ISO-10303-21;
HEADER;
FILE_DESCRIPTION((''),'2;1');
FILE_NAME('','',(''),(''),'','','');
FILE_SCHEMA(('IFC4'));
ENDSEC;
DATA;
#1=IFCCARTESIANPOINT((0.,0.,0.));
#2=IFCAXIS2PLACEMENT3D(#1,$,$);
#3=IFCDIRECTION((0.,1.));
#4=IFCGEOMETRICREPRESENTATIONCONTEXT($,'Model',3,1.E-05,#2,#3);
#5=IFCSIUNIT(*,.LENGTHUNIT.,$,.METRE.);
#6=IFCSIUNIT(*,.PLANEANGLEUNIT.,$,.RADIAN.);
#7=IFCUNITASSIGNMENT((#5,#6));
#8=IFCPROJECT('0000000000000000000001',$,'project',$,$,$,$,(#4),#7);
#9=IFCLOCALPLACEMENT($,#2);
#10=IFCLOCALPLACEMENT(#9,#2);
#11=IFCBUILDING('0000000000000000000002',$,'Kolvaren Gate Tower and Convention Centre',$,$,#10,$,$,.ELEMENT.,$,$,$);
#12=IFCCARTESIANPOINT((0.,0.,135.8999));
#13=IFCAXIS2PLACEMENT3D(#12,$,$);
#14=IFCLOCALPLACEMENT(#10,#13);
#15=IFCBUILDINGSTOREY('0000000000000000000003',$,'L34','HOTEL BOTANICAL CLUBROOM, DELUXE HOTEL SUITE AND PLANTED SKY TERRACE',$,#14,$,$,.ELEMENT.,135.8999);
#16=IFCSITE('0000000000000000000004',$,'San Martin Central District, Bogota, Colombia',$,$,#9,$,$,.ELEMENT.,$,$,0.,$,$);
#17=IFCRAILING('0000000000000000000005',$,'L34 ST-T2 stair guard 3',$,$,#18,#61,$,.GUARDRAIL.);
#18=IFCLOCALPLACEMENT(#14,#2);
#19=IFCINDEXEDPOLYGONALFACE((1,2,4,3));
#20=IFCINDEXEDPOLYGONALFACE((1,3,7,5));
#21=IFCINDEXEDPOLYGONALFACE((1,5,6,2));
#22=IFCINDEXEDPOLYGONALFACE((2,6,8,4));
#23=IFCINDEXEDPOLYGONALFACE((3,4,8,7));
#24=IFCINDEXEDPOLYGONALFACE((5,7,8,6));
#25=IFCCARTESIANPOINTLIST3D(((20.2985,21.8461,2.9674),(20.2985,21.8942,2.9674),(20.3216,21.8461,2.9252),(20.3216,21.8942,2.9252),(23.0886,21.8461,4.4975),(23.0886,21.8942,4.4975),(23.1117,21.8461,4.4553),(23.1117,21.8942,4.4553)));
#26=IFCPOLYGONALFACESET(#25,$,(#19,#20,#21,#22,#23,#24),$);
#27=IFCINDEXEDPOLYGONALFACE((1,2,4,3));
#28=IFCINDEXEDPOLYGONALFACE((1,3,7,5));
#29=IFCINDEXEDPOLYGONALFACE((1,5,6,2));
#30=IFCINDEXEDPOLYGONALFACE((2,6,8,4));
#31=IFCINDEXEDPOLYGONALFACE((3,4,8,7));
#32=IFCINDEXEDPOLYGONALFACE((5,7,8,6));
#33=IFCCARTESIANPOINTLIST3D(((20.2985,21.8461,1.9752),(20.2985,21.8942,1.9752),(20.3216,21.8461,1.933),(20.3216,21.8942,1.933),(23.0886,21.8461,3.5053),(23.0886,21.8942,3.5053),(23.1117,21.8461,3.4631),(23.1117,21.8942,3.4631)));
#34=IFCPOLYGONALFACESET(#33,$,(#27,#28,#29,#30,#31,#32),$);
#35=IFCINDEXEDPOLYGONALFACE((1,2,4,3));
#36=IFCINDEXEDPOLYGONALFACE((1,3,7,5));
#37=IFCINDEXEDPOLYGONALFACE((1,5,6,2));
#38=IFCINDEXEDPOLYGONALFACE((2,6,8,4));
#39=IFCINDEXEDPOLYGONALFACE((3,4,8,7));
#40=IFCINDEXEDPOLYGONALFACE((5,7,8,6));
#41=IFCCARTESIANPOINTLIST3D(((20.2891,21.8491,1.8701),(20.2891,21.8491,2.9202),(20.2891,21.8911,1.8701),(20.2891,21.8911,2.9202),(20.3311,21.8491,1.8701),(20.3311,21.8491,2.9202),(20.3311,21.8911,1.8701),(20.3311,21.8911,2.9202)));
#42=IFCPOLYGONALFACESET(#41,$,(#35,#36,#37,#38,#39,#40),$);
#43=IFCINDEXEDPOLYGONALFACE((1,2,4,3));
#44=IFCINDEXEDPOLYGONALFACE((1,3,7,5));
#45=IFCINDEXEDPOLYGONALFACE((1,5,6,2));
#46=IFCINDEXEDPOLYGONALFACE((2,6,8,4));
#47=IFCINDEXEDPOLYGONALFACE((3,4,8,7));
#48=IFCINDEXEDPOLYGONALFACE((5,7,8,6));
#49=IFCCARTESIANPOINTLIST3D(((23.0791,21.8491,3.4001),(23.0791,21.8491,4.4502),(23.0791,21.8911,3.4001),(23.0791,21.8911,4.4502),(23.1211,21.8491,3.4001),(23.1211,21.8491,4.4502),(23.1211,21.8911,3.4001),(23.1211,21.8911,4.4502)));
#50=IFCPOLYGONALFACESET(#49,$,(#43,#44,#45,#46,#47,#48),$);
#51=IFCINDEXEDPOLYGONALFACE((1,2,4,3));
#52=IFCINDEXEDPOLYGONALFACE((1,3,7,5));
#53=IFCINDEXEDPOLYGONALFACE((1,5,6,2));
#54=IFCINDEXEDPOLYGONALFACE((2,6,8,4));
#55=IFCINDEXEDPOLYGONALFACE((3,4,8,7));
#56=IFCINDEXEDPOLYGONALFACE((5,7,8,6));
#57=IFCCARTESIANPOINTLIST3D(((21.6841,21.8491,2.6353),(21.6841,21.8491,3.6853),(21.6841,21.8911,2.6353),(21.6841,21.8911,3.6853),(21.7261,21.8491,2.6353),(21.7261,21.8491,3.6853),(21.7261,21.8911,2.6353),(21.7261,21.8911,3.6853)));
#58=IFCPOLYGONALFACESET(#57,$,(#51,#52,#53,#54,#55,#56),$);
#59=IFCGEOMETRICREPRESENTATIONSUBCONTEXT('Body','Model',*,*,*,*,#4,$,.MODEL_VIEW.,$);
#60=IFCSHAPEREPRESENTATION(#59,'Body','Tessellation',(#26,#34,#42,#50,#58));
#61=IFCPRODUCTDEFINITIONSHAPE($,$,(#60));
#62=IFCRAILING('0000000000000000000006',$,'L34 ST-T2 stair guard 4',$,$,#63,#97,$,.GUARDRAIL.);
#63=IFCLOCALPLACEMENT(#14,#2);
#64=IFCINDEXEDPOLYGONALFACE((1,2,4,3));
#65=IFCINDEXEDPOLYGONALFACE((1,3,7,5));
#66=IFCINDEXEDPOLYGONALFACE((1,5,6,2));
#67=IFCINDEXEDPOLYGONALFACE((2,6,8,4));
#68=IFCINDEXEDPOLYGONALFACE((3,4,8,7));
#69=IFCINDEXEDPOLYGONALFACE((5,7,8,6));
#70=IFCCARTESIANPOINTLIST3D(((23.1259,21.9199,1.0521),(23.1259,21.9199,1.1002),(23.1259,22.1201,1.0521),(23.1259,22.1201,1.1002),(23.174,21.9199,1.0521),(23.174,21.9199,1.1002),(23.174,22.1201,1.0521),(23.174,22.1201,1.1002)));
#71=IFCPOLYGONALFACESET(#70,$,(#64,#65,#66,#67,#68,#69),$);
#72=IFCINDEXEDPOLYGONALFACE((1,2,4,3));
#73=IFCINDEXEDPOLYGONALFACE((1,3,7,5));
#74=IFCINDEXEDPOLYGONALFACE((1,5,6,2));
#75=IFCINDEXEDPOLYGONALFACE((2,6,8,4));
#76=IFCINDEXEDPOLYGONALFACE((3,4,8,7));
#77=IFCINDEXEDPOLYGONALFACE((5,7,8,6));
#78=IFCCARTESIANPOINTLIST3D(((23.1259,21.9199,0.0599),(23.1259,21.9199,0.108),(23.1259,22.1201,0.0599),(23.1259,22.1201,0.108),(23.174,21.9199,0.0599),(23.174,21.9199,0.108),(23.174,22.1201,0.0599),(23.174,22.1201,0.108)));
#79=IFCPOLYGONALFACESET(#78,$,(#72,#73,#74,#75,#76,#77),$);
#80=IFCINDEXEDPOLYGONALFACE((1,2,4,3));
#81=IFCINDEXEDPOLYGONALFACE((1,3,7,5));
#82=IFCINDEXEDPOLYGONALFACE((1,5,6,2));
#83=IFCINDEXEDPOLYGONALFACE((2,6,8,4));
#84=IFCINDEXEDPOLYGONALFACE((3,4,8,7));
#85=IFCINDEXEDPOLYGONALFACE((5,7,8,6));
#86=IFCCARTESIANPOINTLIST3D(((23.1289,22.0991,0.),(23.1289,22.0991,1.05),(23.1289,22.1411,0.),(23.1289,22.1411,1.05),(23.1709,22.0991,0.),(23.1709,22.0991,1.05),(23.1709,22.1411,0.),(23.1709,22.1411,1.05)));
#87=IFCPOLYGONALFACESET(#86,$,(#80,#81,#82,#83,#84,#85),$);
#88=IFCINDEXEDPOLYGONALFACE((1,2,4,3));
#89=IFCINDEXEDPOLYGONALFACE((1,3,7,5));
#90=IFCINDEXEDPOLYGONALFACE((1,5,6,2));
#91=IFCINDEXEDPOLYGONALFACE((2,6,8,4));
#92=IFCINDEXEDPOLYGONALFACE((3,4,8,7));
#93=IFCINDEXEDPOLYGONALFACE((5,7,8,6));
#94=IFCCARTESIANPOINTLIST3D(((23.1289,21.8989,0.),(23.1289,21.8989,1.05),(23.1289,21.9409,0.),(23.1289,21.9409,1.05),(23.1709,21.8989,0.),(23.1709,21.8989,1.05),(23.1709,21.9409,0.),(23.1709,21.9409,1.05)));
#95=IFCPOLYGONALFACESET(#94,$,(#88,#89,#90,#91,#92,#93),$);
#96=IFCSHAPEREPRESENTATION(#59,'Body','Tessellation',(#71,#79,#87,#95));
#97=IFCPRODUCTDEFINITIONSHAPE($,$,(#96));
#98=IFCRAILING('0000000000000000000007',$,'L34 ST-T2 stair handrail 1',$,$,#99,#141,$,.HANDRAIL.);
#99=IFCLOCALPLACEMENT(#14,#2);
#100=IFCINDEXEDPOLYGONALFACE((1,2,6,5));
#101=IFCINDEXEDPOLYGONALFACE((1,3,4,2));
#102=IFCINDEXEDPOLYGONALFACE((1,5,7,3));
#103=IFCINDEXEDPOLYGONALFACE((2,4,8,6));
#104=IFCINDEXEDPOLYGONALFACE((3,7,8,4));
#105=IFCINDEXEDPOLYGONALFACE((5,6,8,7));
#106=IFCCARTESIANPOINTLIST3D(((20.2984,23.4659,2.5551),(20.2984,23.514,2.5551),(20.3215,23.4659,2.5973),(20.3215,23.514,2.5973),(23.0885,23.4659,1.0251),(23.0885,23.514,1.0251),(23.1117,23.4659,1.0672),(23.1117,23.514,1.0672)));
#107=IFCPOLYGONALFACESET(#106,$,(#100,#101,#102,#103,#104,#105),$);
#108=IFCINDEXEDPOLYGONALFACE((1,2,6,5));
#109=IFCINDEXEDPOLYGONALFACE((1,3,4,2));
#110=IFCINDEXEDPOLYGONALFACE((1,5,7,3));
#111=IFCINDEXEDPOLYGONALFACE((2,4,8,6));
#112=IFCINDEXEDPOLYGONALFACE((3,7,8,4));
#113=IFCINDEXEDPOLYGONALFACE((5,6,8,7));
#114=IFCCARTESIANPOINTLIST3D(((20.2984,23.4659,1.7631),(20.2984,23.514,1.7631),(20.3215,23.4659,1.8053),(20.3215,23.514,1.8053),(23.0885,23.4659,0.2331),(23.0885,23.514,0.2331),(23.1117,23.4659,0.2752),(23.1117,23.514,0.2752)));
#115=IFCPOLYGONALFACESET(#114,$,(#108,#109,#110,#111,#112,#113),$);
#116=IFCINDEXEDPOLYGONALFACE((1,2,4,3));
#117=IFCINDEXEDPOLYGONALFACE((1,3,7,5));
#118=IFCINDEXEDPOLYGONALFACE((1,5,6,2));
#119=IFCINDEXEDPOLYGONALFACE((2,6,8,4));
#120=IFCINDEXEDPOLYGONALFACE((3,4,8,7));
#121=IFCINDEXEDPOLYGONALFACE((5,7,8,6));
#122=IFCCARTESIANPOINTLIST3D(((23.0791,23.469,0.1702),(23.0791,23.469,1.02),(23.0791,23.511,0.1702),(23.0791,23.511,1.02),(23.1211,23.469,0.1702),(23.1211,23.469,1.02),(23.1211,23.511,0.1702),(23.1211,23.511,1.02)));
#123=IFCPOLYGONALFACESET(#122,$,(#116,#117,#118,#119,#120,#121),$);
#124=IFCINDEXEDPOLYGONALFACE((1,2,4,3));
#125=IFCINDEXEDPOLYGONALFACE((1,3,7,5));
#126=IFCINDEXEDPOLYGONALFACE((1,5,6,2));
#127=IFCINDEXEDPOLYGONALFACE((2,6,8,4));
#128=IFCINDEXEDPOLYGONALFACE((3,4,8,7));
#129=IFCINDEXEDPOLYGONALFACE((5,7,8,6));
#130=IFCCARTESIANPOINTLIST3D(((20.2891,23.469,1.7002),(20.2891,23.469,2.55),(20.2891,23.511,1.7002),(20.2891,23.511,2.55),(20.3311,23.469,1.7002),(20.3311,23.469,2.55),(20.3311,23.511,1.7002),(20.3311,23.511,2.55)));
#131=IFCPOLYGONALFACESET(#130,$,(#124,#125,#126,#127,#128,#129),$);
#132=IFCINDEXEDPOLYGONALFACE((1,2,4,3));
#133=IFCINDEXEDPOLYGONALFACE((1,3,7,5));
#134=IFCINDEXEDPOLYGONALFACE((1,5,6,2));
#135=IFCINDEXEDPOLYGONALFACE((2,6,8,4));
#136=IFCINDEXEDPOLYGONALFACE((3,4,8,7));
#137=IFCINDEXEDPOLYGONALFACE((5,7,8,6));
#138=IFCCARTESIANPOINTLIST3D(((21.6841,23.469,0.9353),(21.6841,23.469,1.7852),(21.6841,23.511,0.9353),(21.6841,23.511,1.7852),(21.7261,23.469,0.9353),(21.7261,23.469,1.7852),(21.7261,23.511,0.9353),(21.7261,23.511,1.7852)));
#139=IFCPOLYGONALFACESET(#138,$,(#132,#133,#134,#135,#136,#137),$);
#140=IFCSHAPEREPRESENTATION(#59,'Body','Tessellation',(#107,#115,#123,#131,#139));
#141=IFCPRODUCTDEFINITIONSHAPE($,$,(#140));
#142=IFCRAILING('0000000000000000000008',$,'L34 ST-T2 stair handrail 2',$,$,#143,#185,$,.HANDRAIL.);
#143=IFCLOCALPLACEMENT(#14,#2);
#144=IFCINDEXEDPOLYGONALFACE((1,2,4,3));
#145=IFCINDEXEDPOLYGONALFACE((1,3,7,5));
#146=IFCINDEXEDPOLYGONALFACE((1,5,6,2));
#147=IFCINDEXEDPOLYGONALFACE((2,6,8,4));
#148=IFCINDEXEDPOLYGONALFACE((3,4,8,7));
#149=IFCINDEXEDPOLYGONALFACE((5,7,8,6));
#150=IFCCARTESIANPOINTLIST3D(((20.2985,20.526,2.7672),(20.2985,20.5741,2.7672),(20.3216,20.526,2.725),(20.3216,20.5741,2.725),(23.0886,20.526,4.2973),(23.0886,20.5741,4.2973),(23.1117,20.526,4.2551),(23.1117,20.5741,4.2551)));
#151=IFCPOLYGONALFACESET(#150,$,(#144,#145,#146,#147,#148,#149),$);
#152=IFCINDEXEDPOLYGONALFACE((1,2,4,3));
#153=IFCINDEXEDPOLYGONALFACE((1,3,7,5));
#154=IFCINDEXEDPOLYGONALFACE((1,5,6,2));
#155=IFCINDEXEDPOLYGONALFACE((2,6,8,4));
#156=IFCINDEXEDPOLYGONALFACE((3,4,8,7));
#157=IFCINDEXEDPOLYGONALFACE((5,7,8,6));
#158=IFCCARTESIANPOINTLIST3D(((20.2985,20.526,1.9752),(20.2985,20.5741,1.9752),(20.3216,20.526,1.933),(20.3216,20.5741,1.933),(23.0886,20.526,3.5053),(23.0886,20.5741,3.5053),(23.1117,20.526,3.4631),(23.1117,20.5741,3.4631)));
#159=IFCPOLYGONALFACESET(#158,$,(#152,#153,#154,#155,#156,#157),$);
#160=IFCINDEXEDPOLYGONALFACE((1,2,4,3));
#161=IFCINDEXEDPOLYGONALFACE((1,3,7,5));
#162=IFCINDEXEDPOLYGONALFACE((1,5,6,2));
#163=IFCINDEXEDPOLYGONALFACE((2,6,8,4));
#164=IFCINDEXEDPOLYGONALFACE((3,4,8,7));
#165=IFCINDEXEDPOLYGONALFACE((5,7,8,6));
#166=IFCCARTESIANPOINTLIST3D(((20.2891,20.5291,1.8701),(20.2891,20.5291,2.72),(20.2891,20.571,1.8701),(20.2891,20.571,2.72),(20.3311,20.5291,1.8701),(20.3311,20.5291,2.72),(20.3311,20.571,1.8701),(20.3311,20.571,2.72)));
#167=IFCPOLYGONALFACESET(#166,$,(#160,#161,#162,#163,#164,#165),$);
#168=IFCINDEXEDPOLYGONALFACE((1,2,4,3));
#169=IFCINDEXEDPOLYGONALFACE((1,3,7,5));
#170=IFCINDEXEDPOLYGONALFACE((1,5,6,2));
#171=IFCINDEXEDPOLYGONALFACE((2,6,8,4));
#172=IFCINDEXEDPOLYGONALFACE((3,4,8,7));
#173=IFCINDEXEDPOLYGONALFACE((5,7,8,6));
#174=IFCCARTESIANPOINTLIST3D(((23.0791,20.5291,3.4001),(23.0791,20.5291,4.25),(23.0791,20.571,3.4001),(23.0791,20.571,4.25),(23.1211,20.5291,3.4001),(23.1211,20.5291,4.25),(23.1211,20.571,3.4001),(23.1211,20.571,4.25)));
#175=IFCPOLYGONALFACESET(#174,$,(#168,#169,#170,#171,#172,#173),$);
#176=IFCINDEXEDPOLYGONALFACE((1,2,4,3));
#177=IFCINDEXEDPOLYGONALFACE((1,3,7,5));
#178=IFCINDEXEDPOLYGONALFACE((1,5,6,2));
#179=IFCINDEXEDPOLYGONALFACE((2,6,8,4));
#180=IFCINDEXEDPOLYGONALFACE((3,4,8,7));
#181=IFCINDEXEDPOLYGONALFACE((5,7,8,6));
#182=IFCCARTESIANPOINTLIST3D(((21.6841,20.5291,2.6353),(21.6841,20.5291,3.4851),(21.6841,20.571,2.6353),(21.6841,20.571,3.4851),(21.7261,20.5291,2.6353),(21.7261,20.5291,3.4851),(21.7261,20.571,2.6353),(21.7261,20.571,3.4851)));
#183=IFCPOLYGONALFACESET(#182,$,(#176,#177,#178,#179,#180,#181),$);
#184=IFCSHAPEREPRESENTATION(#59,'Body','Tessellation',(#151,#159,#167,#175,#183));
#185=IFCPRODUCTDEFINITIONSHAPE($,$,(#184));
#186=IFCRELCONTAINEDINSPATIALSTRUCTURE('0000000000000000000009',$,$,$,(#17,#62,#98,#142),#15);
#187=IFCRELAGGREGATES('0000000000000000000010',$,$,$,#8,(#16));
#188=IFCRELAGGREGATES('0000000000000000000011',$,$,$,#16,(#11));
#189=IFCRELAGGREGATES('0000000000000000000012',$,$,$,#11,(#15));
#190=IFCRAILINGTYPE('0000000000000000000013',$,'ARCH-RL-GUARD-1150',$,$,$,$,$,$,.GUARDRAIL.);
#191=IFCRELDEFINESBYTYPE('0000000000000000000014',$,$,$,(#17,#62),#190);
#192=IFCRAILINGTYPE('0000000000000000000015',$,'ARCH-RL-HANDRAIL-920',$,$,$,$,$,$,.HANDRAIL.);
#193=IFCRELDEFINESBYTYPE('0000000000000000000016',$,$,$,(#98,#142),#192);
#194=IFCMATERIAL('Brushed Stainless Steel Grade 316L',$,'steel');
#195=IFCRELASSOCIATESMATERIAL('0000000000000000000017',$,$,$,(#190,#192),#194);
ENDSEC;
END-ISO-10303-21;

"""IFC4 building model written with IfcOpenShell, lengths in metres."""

from ifc_helpers import new_model, si_unit, direction, frame, origin, origin_2d, place, context, subcontext, project, spatial, rectangle, extrude, material, type_object, element, save


model = new_model("IFC4")

# Units and contexts
model_context = context("Model", 3, precision=1e-05, world=origin(), true_north=direction((0.0, 1.0)))
body_context = subcontext(model_context, "Body", "Model", "MODEL_VIEW")
ifc_project = project(units=[si_unit("LENGTHUNIT", "METRE"), si_unit("PLANEANGLEUNIT", "RADIAN")], contexts=[model_context])

# Site, building, storey
site_placement = place(None, origin())
site = spatial("IfcSite", under=ifc_project, at=site_placement, Name="San Martin Central District, Bogota, Colombia", CompositionType="ELEMENT", RefElevation=0.0)
building_placement = place(site_placement, origin())
building = spatial("IfcBuilding", under=site, at=building_placement, Name="Kolvaren Gate Tower and Convention Centre", CompositionType="ELEMENT")
storey_placement = place(building_placement, frame((0.0, 0.0, 135.8999)))
storey = spatial("IfcBuildingStorey", under=building, at=storey_placement, Name="L34", Description="HOTEL BOTANICAL CLUBROOM, DELUXE HOTEL SUITE AND PLANTED SKY TERRACE", CompositionType="ELEMENT", Elevation=135.8999)

# Shared definitions
ifc_material_1 = material(Name="Brushed Stainless Steel Grade 316L", Category="steel")

# Railings
railing_type_1 = type_object("IfcRailingType", Name="ARCH-RL-GUARD-1150", PredefinedType="GUARDRAIL", material=ifc_material_1)
railing_1_placement = place(storey_placement, frame((20.3101, 21.8701, 1.8701)))
element("IfcRailing", 1, at=railing_1_placement, inside=storey, type_object=railing_type_1, Name="L34 ST-T2 stair guard 3", PredefinedType="GUARDRAIL", context=body_context, shape_type="SweptSolid", body=[
    extrude(rectangle(XDim=0.0481, YDim=0.0481, at=origin_2d()), frame((0.0, 0.0, 1.0762), z_axis=(0.876811, 0.0, 0.480835), x_axis=(0.0, 1.0, 0.0)), (0.0, 0.0, 1.0), 3.1821),
    extrude(rectangle(XDim=0.0481, YDim=0.0481, at=origin_2d()), frame((0.0, 0.0, 0.084), z_axis=(0.876811, 0.0, 0.480835), x_axis=(0.0, 1.0, 0.0)), (0.0, 0.0, 1.0), 3.1821),
    extrude(rectangle(XDim=0.042, YDim=0.042, at=origin_2d()), origin(), (0.0, 0.0, 1.0), 1.05),
    extrude(rectangle(XDim=0.042, YDim=0.042, at=origin_2d()), frame((2.79, 0.0, 1.53)), (0.0, 0.0, 1.0), 1.05),
    extrude(rectangle(XDim=0.042, YDim=0.042, at=origin_2d()), frame((1.395, 0.0, 0.7651)), (0.0, 0.0, 1.0), 1.05),
])
railing_2_placement = place(storey_placement, frame((23.1499, 22.1201, 0.0)))
element("IfcRailing", 2, at=railing_2_placement, inside=storey, type_object=railing_type_1, Name="L34 ST-T2 stair guard 4", PredefinedType="GUARDRAIL", context=body_context, shape_type="SweptSolid", body=[
    extrude(rectangle(XDim=0.0481, YDim=0.0481, at=origin_2d()), frame((0.0, 0.0, 1.0762), z_axis=(0.0, -1.0, 0.0), x_axis=(1.0, 0.0, 0.0)), (0.0, 0.0, 1.0), 0.2002),
    extrude(rectangle(XDim=0.0481, YDim=0.0481, at=origin_2d()), frame((0.0, 0.0, 0.084), z_axis=(0.0, -1.0, 0.0), x_axis=(1.0, 0.0, 0.0)), (0.0, 0.0, 1.0), 0.2002),
    extrude(rectangle(XDim=0.042, YDim=0.042, at=origin_2d()), origin(), (0.0, 0.0, 1.0), 1.05),
    extrude(rectangle(XDim=0.042, YDim=0.042, at=origin_2d()), frame((0.0, -0.2002, 0.0)), (0.0, 0.0, 1.0), 1.05),
])
railing_type_2 = type_object("IfcRailingType", Name="ARCH-RL-HANDRAIL-920", PredefinedType="HANDRAIL", material=ifc_material_1)
railing_3_placement = place(storey_placement, frame((23.1001, 23.49, 0.1702)))
element("IfcRailing", 3, at=railing_3_placement, inside=storey, type_object=railing_type_2, Name="L34 ST-T2 stair handrail 1", PredefinedType="HANDRAIL", context=body_context, shape_type="SweptSolid", body=[
    extrude(rectangle(XDim=0.0481, YDim=0.0481, at=origin_2d()), frame((0.0, 0.0, 0.876), z_axis=(-0.876811, 0.0, 0.480835), x_axis=(0.0, -1.0, 0.0)), (0.0, 0.0, 1.0), 3.1821),
    extrude(rectangle(XDim=0.0481, YDim=0.0481, at=origin_2d()), frame((0.0, 0.0, 0.084), z_axis=(-0.876811, 0.0, 0.480835), x_axis=(0.0, -1.0, 0.0)), (0.0, 0.0, 1.0), 3.1821),
    extrude(rectangle(XDim=0.042, YDim=0.042, at=origin_2d()), origin(), (0.0, 0.0, 1.0), 0.8499),
    extrude(rectangle(XDim=0.042, YDim=0.042, at=origin_2d()), frame((-2.79, 0.0, 1.53)), (0.0, 0.0, 1.0), 0.8499),
    extrude(rectangle(XDim=0.042, YDim=0.042, at=origin_2d()), frame((-1.395, 0.0, 0.7651)), (0.0, 0.0, 1.0), 0.8499),
])
railing_4_placement = place(storey_placement, frame((20.3101, 20.55, 1.8701)))
element("IfcRailing", 4, at=railing_4_placement, inside=storey, type_object=railing_type_2, Name="L34 ST-T2 stair handrail 2", PredefinedType="HANDRAIL", context=body_context, shape_type="SweptSolid", body=[
    extrude(rectangle(XDim=0.0481, YDim=0.0481, at=origin_2d()), frame((0.0, 0.0, 0.876), z_axis=(0.876811, 0.0, 0.480835), x_axis=(0.0, 1.0, 0.0)), (0.0, 0.0, 1.0), 3.1821),
    extrude(rectangle(XDim=0.0481, YDim=0.0481, at=origin_2d()), frame((0.0, 0.0, 0.084), z_axis=(0.876811, 0.0, 0.480835), x_axis=(0.0, 1.0, 0.0)), (0.0, 0.0, 1.0), 3.1821),
    extrude(rectangle(XDim=0.042, YDim=0.042, at=origin_2d()), origin(), (0.0, 0.0, 1.0), 0.8499),
    extrude(rectangle(XDim=0.042, YDim=0.042, at=origin_2d()), frame((2.79, 0.0, 1.53)), (0.0, 0.0, 1.0), 0.8499),
    extrude(rectangle(XDim=0.042, YDim=0.042, at=origin_2d()), frame((1.395, 0.0, 0.7651)), (0.0, 0.0, 1.0), 0.8499),
])

save(model, "model.ifc")
